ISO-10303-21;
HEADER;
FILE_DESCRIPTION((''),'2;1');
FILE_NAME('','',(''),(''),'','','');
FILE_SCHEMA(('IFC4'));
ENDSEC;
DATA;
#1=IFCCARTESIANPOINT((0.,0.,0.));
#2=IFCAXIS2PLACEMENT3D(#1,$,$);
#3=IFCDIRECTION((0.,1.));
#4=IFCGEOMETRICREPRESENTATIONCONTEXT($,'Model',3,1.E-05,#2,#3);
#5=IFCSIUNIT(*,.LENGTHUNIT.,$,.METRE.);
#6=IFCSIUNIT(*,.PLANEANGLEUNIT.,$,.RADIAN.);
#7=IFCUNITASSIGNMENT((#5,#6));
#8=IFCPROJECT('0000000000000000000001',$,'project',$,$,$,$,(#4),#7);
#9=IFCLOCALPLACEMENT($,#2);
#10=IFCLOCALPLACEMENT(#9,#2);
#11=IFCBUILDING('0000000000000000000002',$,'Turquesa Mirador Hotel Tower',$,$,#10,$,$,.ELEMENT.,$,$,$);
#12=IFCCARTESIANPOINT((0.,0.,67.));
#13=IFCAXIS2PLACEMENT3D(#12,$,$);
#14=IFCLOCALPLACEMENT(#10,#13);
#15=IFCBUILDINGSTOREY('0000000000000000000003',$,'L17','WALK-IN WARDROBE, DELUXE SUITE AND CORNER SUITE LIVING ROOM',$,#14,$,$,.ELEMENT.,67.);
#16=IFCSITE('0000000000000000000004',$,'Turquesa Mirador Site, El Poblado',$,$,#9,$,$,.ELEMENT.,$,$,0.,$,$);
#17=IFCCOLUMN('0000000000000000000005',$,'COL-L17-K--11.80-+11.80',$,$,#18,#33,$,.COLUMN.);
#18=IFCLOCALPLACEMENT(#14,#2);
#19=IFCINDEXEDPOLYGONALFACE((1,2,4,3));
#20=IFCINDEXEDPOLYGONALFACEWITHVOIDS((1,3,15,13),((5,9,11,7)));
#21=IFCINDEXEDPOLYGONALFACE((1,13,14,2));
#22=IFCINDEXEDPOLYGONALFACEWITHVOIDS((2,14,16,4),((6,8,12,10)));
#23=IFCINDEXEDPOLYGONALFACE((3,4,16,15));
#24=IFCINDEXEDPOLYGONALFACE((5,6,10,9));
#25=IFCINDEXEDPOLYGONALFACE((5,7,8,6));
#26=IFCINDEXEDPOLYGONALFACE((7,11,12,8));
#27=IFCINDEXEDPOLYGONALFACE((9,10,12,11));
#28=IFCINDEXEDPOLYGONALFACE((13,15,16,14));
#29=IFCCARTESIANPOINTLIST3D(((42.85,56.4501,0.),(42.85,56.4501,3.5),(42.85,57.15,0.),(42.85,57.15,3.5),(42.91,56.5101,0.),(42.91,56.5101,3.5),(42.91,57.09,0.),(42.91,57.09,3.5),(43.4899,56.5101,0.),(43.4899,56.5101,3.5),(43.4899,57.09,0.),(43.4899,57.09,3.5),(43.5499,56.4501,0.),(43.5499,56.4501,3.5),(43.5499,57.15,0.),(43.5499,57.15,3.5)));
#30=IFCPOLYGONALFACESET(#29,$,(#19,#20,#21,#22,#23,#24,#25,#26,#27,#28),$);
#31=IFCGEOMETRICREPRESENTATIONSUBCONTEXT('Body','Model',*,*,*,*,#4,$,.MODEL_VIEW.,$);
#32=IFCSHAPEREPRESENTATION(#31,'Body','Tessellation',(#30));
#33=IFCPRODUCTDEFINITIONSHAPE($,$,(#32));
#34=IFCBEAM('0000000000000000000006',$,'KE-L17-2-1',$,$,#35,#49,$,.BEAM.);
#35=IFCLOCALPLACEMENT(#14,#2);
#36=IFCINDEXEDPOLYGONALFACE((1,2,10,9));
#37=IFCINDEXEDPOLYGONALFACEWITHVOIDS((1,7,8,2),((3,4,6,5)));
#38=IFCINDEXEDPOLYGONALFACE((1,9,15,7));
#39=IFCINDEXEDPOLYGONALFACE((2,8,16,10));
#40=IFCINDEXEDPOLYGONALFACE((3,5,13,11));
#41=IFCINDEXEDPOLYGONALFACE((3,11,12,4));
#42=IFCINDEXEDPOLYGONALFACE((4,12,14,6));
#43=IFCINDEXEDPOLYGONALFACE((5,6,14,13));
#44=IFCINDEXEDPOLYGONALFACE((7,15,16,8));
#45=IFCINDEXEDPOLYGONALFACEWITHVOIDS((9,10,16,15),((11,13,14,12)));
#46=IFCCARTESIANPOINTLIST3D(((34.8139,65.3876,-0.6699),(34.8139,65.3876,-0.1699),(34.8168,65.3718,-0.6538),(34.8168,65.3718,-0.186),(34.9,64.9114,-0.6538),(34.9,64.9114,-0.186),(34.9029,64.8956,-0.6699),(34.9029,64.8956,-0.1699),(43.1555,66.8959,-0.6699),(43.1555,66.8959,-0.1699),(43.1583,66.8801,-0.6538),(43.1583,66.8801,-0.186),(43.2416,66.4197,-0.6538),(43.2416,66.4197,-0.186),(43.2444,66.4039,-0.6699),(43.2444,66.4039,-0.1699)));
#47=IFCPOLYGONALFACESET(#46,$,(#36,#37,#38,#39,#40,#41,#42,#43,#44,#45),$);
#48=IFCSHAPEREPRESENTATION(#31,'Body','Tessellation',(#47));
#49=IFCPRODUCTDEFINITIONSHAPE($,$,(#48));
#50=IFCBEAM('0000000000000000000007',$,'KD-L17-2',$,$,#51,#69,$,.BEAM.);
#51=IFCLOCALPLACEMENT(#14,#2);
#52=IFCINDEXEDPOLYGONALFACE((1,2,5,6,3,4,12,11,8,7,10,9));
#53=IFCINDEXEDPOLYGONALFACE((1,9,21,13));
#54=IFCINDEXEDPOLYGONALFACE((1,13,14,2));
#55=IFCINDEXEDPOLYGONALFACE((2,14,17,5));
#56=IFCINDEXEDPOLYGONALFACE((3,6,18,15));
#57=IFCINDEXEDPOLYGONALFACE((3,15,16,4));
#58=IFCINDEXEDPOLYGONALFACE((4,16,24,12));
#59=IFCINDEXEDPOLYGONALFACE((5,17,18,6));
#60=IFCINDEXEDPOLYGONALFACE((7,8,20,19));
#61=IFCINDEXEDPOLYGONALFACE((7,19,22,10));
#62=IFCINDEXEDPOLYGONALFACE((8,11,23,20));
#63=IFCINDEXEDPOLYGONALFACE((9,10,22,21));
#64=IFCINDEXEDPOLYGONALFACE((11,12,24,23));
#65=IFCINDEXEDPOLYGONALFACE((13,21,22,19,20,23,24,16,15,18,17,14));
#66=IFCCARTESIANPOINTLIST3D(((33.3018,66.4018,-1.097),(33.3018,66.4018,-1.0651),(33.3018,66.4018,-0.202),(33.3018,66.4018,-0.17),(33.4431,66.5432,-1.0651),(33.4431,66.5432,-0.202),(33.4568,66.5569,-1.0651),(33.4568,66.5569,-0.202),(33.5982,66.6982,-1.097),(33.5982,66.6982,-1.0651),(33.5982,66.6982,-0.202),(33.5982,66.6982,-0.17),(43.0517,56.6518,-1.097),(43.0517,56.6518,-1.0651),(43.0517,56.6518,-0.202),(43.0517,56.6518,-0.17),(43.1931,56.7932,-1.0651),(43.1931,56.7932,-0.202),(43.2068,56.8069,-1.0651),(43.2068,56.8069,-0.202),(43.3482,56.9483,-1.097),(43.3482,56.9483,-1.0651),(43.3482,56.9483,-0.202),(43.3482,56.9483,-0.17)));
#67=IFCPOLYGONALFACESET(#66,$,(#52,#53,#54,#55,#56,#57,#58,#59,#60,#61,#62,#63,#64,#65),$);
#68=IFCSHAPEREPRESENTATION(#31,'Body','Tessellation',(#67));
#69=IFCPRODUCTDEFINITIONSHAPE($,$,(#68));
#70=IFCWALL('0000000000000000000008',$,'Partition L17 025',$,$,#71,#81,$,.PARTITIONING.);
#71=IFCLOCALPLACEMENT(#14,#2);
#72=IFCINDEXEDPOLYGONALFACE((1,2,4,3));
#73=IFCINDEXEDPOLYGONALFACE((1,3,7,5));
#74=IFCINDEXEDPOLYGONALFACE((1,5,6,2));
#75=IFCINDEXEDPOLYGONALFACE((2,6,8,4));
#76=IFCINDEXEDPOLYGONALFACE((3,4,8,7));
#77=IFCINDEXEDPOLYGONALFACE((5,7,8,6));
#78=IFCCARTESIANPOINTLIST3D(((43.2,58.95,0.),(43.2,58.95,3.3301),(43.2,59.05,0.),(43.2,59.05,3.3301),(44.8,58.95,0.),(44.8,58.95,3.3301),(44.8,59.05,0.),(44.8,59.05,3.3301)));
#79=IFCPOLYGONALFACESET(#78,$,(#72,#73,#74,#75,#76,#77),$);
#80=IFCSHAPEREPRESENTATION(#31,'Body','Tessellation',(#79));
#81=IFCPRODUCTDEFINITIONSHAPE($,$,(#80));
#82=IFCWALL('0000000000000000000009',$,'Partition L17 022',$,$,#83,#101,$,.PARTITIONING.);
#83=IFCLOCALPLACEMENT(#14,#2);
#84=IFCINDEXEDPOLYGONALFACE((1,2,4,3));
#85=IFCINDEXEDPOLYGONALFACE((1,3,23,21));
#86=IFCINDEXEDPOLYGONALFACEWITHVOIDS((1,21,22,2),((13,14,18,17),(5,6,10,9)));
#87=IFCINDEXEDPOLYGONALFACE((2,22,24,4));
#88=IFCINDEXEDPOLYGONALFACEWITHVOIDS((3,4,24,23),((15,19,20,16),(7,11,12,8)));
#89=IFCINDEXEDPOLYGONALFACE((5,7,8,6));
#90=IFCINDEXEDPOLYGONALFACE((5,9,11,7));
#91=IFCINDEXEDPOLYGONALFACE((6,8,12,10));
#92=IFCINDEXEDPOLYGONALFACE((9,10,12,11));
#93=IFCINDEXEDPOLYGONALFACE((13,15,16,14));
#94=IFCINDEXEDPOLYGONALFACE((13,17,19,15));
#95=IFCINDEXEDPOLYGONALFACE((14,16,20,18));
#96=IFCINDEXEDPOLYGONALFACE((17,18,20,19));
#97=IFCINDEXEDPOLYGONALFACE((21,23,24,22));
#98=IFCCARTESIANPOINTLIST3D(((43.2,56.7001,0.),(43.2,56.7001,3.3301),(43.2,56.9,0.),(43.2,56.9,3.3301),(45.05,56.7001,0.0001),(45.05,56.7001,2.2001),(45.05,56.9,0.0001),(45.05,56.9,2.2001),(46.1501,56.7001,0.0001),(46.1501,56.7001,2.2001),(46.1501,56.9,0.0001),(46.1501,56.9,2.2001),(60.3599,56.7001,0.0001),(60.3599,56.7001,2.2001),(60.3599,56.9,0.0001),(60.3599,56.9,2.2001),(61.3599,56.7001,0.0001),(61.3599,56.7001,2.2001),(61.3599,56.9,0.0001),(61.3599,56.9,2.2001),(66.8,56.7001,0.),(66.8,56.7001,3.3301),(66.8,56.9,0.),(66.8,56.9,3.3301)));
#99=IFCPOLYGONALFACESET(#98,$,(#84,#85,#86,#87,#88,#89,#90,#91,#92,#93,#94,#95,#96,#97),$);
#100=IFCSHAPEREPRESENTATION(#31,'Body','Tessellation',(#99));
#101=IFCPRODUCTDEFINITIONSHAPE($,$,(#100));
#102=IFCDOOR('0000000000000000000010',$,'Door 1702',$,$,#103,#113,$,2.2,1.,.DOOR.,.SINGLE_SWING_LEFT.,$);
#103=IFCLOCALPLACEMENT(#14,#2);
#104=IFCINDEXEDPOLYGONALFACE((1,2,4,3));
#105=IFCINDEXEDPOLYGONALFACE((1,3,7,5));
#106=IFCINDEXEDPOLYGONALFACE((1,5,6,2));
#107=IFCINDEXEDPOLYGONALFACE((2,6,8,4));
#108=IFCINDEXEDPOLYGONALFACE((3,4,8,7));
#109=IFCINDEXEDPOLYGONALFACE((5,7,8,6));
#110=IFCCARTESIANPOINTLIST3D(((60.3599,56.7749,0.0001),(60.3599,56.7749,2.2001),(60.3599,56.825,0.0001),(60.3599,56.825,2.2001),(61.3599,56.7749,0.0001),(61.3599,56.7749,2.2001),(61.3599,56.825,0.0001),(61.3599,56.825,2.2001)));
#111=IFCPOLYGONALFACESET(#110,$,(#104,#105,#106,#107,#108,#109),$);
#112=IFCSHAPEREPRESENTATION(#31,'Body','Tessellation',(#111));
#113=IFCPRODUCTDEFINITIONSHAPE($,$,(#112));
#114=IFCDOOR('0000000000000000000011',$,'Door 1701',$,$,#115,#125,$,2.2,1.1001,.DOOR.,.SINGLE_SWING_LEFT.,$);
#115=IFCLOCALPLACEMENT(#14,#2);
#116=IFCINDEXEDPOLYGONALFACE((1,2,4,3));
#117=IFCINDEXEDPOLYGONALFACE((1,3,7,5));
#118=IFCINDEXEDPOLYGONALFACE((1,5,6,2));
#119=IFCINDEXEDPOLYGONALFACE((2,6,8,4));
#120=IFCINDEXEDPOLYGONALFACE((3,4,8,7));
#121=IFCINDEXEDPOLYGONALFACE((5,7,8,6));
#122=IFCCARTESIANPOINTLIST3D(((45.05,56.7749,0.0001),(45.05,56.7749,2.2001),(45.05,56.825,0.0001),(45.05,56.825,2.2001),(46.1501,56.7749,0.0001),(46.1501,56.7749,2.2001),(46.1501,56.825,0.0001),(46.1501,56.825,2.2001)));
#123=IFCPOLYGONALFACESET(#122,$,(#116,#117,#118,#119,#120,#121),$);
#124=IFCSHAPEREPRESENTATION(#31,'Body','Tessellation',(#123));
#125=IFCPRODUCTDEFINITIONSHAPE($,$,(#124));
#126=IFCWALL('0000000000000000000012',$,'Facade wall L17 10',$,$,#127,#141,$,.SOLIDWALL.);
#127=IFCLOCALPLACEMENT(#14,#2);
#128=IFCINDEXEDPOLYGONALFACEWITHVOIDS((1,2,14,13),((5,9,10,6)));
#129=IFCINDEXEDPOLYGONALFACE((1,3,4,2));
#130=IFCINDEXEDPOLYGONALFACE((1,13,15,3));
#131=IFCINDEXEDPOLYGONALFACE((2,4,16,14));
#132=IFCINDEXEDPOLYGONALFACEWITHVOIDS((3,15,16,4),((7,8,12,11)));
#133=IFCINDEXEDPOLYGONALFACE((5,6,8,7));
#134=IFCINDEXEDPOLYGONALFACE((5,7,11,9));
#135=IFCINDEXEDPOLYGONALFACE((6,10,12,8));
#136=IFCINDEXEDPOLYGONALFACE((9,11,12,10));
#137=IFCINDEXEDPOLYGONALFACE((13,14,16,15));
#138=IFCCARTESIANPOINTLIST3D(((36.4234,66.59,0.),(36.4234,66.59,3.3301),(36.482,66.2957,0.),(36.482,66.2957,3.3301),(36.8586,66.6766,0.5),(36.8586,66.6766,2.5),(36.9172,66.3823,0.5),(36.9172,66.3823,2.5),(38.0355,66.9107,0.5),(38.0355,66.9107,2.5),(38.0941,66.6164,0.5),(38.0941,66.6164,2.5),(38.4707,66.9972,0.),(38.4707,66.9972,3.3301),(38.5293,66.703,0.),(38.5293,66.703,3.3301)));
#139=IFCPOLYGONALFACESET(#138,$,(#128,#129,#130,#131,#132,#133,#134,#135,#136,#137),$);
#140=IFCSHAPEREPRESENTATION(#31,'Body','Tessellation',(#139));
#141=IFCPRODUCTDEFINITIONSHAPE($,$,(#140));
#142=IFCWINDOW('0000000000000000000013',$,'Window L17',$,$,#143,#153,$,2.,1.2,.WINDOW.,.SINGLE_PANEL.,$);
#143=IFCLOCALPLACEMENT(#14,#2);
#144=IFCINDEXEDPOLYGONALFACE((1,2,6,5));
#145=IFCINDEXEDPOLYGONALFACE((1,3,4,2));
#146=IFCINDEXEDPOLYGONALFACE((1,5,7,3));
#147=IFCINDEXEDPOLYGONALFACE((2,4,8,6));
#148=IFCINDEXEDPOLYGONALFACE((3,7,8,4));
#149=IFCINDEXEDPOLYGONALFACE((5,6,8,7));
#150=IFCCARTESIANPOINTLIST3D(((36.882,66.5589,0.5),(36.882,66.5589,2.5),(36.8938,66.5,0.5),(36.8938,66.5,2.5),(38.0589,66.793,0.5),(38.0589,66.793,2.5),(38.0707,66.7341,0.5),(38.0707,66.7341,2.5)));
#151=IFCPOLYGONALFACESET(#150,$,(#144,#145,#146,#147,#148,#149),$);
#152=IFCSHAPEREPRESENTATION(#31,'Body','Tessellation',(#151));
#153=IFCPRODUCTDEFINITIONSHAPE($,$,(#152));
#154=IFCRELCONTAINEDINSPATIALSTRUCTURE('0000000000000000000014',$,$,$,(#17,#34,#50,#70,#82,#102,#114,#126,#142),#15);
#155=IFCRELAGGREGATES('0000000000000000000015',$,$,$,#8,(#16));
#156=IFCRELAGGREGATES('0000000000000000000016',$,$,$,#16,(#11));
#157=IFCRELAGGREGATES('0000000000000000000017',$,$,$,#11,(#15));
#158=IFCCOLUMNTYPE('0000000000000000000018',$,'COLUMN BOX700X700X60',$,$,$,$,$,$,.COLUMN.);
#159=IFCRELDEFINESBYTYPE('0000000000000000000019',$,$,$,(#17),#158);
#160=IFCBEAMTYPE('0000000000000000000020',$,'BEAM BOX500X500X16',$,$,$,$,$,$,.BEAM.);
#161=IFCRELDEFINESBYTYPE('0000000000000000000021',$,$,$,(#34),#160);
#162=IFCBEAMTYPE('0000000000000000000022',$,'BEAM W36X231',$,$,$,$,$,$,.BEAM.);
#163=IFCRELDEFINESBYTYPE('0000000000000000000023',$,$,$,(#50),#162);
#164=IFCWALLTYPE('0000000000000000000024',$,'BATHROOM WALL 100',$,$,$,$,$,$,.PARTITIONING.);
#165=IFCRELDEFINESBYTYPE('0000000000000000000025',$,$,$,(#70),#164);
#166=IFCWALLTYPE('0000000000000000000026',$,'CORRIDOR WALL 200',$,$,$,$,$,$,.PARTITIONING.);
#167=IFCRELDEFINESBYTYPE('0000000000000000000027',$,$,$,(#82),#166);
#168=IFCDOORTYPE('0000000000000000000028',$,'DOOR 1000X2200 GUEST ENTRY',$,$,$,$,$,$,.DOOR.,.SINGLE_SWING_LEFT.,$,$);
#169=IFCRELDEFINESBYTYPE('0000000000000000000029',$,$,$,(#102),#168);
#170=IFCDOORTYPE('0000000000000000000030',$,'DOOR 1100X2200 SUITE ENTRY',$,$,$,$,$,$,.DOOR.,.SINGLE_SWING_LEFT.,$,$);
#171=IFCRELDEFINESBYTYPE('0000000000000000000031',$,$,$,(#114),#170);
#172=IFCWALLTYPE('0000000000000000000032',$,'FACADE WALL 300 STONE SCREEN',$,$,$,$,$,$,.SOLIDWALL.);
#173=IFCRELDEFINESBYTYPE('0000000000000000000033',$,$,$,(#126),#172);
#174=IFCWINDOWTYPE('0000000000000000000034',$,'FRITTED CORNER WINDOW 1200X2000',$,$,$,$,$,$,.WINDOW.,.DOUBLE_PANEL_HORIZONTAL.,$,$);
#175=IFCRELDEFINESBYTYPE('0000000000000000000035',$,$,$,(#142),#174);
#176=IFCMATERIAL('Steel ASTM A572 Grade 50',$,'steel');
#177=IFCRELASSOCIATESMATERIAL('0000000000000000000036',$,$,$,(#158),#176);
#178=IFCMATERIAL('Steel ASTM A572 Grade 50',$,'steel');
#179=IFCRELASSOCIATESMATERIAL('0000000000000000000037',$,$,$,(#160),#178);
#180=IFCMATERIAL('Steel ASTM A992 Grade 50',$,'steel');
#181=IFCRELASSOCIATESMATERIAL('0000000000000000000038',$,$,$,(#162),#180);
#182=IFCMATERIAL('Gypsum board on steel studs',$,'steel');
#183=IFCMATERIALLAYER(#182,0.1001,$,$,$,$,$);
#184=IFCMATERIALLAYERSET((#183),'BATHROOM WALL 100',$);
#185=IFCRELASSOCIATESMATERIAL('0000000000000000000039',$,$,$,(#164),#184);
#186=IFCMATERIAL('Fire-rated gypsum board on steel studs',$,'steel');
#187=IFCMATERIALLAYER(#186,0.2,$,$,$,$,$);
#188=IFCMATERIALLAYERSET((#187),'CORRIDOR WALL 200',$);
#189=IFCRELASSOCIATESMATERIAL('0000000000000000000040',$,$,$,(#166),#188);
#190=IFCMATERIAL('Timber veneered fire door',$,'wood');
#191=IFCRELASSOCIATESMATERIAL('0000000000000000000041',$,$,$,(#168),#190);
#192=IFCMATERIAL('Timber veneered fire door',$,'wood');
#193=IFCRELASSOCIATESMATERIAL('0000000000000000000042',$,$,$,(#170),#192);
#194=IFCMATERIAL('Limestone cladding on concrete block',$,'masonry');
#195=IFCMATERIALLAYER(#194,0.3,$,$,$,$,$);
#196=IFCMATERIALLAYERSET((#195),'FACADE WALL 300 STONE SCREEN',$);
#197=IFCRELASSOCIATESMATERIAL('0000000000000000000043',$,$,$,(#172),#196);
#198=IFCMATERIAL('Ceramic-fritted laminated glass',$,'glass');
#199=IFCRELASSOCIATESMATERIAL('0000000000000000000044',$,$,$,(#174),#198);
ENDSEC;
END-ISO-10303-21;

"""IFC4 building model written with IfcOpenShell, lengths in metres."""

from ifc_helpers import new_model, si_unit, direction, frame, frame_2d, origin, origin_2d, place, context, subcontext, project, spatial, rectangle, hollow_rectangle, i_section, extrude, material, layer, layer_set, material_profile, profile_set, type_object, element, fill, save


model = new_model("IFC4")

# Units and contexts
model_context = context("Model", 3, precision=1e-05, world=origin(), true_north=direction((0.0, 1.0)))
body_context = subcontext(model_context, "Body", "Model", "MODEL_VIEW")
ifc_project = project(units=[si_unit("LENGTHUNIT", "METRE"), si_unit("PLANEANGLEUNIT", "RADIAN")], contexts=[model_context])

# Site, building, storey
site_placement = place(None, origin())
site = spatial("IfcSite", under=ifc_project, at=site_placement, Name="Turquesa Mirador Site, El Poblado", CompositionType="ELEMENT", RefElevation=0.0)
building_placement = place(site_placement, origin())
building = spatial("IfcBuilding", under=site, at=building_placement, Name="Turquesa Mirador Hotel Tower", CompositionType="ELEMENT")
storey_placement = place(building_placement, frame((0.0, 0.0, 67.0)))
storey = spatial("IfcBuildingStorey", under=building, at=storey_placement, Name="L17", Description="WALK-IN WARDROBE, DELUXE SUITE AND CORNER SUITE LIVING ROOM", CompositionType="ELEMENT", Elevation=67.0)

# Column
ifc_material_1 = material(Name="Steel ASTM A572 Grade 50", Category="steel")
ifc_material_profile_1 = material_profile(ifc_material_1, hollow_rectangle(XDim=0.7, YDim=0.7, WallThickness=0.0601, at=origin_2d()), Name="BOX700X700X60")
ifc_profile_set_1 = profile_set([ifc_material_profile_1], Name="Steel ASTM A572 Grade 50")
column_type = type_object("IfcColumnType", Name="COLUMN BOX700X700X60", PredefinedType="COLUMN", material=ifc_profile_set_1)
column_placement = place(storey_placement, frame((43.2, 56.8, 0.0), z_axis=(0.0, 0.0, 1.0), x_axis=(1.0, 0.0, 0.0)))
element("IfcColumn", 1, at=column_placement, inside=storey, type_object=column_type, Name="COL-L17-K--11.80-+11.80", PredefinedType="COLUMN", context=body_context, shape_type="SweptSolid", body=[
    extrude(hollow_rectangle(XDim=0.7, YDim=0.7, WallThickness=0.0601, at=origin_2d()), origin(), (0.0, 0.0, 1.0), 3.5),
])

# Beams
ifc_material_2 = material(Name="Steel ASTM A572 Grade 50", Category="steel")
ifc_material_profile_2 = material_profile(ifc_material_2, hollow_rectangle(XDim=0.5, YDim=0.5, WallThickness=0.0161, at=origin_2d()), Name="BOX500X500X16")
ifc_profile_set_2 = profile_set([ifc_material_profile_2], Name="Steel ASTM A572 Grade 50")
beam_type_1 = type_object("IfcBeamType", Name="BEAM BOX500X500X16", PredefinedType="BEAM", material=ifc_profile_set_2)
beam_1_placement = place(storey_placement, frame((34.8584, 65.1416, -0.4199), z_axis=(0.984043, 0.177932, 0.0), x_axis=(-0.177932, 0.984043, 0.0)))
element("IfcBeam", 2, at=beam_1_placement, inside=storey, type_object=beam_type_1, Name="KE-L17-2-1", PredefinedType="BEAM", context=body_context, shape_type="SweptSolid", body=[
    extrude(hollow_rectangle(XDim=0.5, YDim=0.5, WallThickness=0.0161, at=origin_2d()), origin(), (0.0, 0.0, 1.0), 8.4768),
])
ifc_material_3 = material(Name="Steel ASTM A992 Grade 50", Category="steel")
ifc_material_profile_3 = material_profile(ifc_material_3, i_section(OverallWidth=0.4192, OverallDepth=0.927, WebThickness=0.0193, FlangeThickness=0.032, at=origin_2d()), Name="W36X231")
ifc_profile_set_3 = profile_set([ifc_material_profile_3], Name="Steel ASTM A992 Grade 50")
beam_type_2 = type_object("IfcBeamType", Name="BEAM W36X231", PredefinedType="BEAM", material=ifc_profile_set_3)
beam_2_placement = place(storey_placement, frame((43.2, 56.8, -0.6335), z_axis=(-0.707107, 0.707107, 0.0), x_axis=(-0.707107, -0.707107, 0.0)))
element("IfcBeam", 3, at=beam_2_placement, inside=storey, type_object=beam_type_2, Name="KD-L17-2", PredefinedType="BEAM", context=body_context, shape_type="SweptSolid", body=[
    extrude(i_section(OverallWidth=0.4192, OverallDepth=0.927, WebThickness=0.0193, FlangeThickness=0.032, at=origin_2d()), origin(), (0.0, 0.0, 1.0), 13.7886),
])

# Wall
ifc_material_4 = material(Name="Gypsum board on steel studs", Category="steel")
ifc_layer_1 = layer(ifc_material_4, 0.1001)
ifc_layer_set_1 = layer_set([ifc_layer_1], Name="BATHROOM WALL 100")
wall_type_1 = type_object("IfcWallType", Name="BATHROOM WALL 100", PredefinedType="PARTITIONING", material=ifc_layer_set_1)
wall_1_placement = place(storey_placement, frame((43.2, 59.0, 0.0), z_axis=(0.0, 0.0, 1.0), x_axis=(1.0, 0.0, 0.0)))
element("IfcWall", 4, at=wall_1_placement, inside=storey, type_object=wall_type_1, Name="Partition L17 025", PredefinedType="PARTITIONING", context=body_context, shape_type="SweptSolid", body=[
    extrude(rectangle(XDim=1.6001, YDim=0.1001, at=frame_2d((0.8, 0.0))), origin(), (0.0, 0.0, 1.0), 3.3301),
])

# Wall, openings, doors
ifc_material_5 = material(Name="Fire-rated gypsum board on steel studs", Category="steel")
ifc_layer_2 = layer(ifc_material_5, 0.2)
ifc_layer_set_2 = layer_set([ifc_layer_2], Name="CORRIDOR WALL 200")
wall_type_2 = type_object("IfcWallType", Name="CORRIDOR WALL 200", PredefinedType="PARTITIONING", material=ifc_layer_set_2)
wall_2_placement = place(storey_placement, frame((43.2, 56.8, 0.0), z_axis=(0.0, 0.0, 1.0), x_axis=(1.0, 0.0, 0.0)))
wall_2 = element("IfcWall", 5, at=wall_2_placement, inside=storey, type_object=wall_type_2, Name="Partition L17 022", PredefinedType="PARTITIONING", context=body_context, shape_type="SweptSolid", body=[
    extrude(rectangle(XDim=23.6001, YDim=0.2, at=frame_2d((11.8, 0.0))), origin(), (0.0, 0.0, 1.0), 3.3301),
])
opening_1_placement = place(wall_2_placement, frame((1.8501, 0.0, 0.0)))
opening_1 = element("IfcOpeningElement", 6, at=opening_1_placement, cuts=wall_2, PredefinedType="OPENING", context=body_context, shape_type="SweptSolid", body=[
    extrude(rectangle(XDim=1.1001, YDim=2.2, at=frame_2d((0.55, 1.1001))), frame((0.0, 0.1099, 0.0), z_axis=(0.0, -1.0, 0.0), x_axis=(1.0, 0.0, 0.0)), (0.0, 0.0, 1.0), 0.22),
])
opening_2_placement = place(wall_2_placement, frame((17.1599, 0.0, 0.0)))
opening_2 = element("IfcOpeningElement", 7, at=opening_2_placement, cuts=wall_2, PredefinedType="OPENING", context=body_context, shape_type="SweptSolid", body=[
    extrude(rectangle(XDim=1.0, YDim=2.2, at=frame_2d((0.5, 1.1001))), frame((0.0, 0.1099, 0.0), z_axis=(0.0, -1.0, 0.0), x_axis=(1.0, 0.0, 0.0)), (0.0, 0.0, 1.0), 0.22),
])
ifc_material_6 = material(Name="Timber veneered fire door", Category="wood")
door_type_1 = type_object("IfcDoorType", Name="DOOR 1000X2200 GUEST ENTRY", OperationType="SINGLE_SWING_LEFT", PredefinedType="DOOR", material=ifc_material_6)
door_1_placement = place(opening_2_placement, origin())
door_1 = element("IfcDoor", 8, at=door_1_placement, inside=storey, type_object=door_type_1, Name="Door 1702", OperationType="SINGLE_SWING_LEFT", OverallHeight=2.2, OverallWidth=1.0, PredefinedType="DOOR", context=body_context, shape_type="SweptSolid", body=[
    extrude(rectangle(XDim=1.0, YDim=2.2, at=frame_2d((0.5, 1.1001))), frame((0.0, 0.0249, 0.0), z_axis=(0.0, -1.0, 0.0), x_axis=(1.0, 0.0, 0.0)), (0.0, 0.0, 1.0), 0.05),
])
fill(opening_2, door_1)
ifc_material_7 = material(Name="Timber veneered fire door", Category="wood")
door_type_2 = type_object("IfcDoorType", Name="DOOR 1100X2200 SUITE ENTRY", OperationType="SINGLE_SWING_LEFT", PredefinedType="DOOR", material=ifc_material_7)
door_2_placement = place(opening_1_placement, origin())
door_2 = element("IfcDoor", 9, at=door_2_placement, inside=storey, type_object=door_type_2, Name="Door 1701", OperationType="SINGLE_SWING_LEFT", OverallHeight=2.2, OverallWidth=1.1001, PredefinedType="DOOR", context=body_context, shape_type="SweptSolid", body=[
    extrude(rectangle(XDim=1.1001, YDim=2.2, at=frame_2d((0.55, 1.1001))), frame((0.0, 0.0249, 0.0), z_axis=(0.0, -1.0, 0.0), x_axis=(1.0, 0.0, 0.0)), (0.0, 0.0, 1.0), 0.05),
])
fill(opening_1, door_2)

# Wall, opening, window
ifc_material_8 = material(Name="Limestone cladding on concrete block", Category="masonry")
ifc_layer_3 = layer(ifc_material_8, 0.3)
ifc_layer_set_3 = layer_set([ifc_layer_3], Name="FACADE WALL 300 STONE SCREEN")
wall_type_3 = type_object("IfcWallType", Name="FACADE WALL 300 STONE SCREEN", PredefinedType="SOLIDWALL", material=ifc_layer_set_3)
wall_3_placement = place(storey_placement, frame((38.5, 66.8501, 0.0), z_axis=(0.0, 0.0, 1.0), x_axis=(-0.980787, -0.195081, 0.0)))
wall_3 = element("IfcWall", 10, at=wall_3_placement, inside=storey, type_object=wall_type_3, Name="Facade wall L17 10", PredefinedType="SOLIDWALL", context=body_context, shape_type="SweptSolid", body=[
    extrude(rectangle(XDim=2.0874, YDim=0.3, at=frame_2d((1.0437, 0.0))), origin(), (0.0, 0.0, 1.0), 3.3301),
])
opening_3_placement = place(wall_3_placement, frame((0.4436, 0.0, 0.5)))
opening_3 = element("IfcOpeningElement", 11, at=opening_3_placement, cuts=wall_3, PredefinedType="OPENING", context=body_context, shape_type="SweptSolid", body=[
    extrude(rectangle(XDim=1.2, YDim=2.0, at=frame_2d((0.6001, 1.0))), frame((0.0, 0.1599, 0.0), z_axis=(0.0, -1.0, 0.0), x_axis=(1.0, 0.0, 0.0)), (0.0, 0.0, 1.0), 0.3201),
])
ifc_material_9 = material(Name="Ceramic-fritted laminated glass", Category="glass")
window_type = type_object("IfcWindowType", Name="FRITTED CORNER WINDOW 1200X2000", PartitioningType="DOUBLE_PANEL_HORIZONTAL", PredefinedType="WINDOW", material=ifc_material_9)
window_1_placement = place(opening_3_placement, origin())
window_1 = element("IfcWindow", 12, at=window_1_placement, inside=storey, type_object=window_type, Name="Window L17", OverallHeight=2.0, OverallWidth=1.2, PartitioningType="SINGLE_PANEL", PredefinedType="WINDOW", context=body_context, shape_type="SweptSolid", body=[
    extrude(rectangle(XDim=1.2, YDim=2.0, at=frame_2d((0.6001, 1.0))), frame((0.0, 0.03, 0.0), z_axis=(0.0, -1.0, 0.0), x_axis=(1.0, 0.0, 0.0)), (0.0, 0.0, 1.0), 0.0601),
])
fill(opening_3, window_1)

save(model, "model.ifc")
